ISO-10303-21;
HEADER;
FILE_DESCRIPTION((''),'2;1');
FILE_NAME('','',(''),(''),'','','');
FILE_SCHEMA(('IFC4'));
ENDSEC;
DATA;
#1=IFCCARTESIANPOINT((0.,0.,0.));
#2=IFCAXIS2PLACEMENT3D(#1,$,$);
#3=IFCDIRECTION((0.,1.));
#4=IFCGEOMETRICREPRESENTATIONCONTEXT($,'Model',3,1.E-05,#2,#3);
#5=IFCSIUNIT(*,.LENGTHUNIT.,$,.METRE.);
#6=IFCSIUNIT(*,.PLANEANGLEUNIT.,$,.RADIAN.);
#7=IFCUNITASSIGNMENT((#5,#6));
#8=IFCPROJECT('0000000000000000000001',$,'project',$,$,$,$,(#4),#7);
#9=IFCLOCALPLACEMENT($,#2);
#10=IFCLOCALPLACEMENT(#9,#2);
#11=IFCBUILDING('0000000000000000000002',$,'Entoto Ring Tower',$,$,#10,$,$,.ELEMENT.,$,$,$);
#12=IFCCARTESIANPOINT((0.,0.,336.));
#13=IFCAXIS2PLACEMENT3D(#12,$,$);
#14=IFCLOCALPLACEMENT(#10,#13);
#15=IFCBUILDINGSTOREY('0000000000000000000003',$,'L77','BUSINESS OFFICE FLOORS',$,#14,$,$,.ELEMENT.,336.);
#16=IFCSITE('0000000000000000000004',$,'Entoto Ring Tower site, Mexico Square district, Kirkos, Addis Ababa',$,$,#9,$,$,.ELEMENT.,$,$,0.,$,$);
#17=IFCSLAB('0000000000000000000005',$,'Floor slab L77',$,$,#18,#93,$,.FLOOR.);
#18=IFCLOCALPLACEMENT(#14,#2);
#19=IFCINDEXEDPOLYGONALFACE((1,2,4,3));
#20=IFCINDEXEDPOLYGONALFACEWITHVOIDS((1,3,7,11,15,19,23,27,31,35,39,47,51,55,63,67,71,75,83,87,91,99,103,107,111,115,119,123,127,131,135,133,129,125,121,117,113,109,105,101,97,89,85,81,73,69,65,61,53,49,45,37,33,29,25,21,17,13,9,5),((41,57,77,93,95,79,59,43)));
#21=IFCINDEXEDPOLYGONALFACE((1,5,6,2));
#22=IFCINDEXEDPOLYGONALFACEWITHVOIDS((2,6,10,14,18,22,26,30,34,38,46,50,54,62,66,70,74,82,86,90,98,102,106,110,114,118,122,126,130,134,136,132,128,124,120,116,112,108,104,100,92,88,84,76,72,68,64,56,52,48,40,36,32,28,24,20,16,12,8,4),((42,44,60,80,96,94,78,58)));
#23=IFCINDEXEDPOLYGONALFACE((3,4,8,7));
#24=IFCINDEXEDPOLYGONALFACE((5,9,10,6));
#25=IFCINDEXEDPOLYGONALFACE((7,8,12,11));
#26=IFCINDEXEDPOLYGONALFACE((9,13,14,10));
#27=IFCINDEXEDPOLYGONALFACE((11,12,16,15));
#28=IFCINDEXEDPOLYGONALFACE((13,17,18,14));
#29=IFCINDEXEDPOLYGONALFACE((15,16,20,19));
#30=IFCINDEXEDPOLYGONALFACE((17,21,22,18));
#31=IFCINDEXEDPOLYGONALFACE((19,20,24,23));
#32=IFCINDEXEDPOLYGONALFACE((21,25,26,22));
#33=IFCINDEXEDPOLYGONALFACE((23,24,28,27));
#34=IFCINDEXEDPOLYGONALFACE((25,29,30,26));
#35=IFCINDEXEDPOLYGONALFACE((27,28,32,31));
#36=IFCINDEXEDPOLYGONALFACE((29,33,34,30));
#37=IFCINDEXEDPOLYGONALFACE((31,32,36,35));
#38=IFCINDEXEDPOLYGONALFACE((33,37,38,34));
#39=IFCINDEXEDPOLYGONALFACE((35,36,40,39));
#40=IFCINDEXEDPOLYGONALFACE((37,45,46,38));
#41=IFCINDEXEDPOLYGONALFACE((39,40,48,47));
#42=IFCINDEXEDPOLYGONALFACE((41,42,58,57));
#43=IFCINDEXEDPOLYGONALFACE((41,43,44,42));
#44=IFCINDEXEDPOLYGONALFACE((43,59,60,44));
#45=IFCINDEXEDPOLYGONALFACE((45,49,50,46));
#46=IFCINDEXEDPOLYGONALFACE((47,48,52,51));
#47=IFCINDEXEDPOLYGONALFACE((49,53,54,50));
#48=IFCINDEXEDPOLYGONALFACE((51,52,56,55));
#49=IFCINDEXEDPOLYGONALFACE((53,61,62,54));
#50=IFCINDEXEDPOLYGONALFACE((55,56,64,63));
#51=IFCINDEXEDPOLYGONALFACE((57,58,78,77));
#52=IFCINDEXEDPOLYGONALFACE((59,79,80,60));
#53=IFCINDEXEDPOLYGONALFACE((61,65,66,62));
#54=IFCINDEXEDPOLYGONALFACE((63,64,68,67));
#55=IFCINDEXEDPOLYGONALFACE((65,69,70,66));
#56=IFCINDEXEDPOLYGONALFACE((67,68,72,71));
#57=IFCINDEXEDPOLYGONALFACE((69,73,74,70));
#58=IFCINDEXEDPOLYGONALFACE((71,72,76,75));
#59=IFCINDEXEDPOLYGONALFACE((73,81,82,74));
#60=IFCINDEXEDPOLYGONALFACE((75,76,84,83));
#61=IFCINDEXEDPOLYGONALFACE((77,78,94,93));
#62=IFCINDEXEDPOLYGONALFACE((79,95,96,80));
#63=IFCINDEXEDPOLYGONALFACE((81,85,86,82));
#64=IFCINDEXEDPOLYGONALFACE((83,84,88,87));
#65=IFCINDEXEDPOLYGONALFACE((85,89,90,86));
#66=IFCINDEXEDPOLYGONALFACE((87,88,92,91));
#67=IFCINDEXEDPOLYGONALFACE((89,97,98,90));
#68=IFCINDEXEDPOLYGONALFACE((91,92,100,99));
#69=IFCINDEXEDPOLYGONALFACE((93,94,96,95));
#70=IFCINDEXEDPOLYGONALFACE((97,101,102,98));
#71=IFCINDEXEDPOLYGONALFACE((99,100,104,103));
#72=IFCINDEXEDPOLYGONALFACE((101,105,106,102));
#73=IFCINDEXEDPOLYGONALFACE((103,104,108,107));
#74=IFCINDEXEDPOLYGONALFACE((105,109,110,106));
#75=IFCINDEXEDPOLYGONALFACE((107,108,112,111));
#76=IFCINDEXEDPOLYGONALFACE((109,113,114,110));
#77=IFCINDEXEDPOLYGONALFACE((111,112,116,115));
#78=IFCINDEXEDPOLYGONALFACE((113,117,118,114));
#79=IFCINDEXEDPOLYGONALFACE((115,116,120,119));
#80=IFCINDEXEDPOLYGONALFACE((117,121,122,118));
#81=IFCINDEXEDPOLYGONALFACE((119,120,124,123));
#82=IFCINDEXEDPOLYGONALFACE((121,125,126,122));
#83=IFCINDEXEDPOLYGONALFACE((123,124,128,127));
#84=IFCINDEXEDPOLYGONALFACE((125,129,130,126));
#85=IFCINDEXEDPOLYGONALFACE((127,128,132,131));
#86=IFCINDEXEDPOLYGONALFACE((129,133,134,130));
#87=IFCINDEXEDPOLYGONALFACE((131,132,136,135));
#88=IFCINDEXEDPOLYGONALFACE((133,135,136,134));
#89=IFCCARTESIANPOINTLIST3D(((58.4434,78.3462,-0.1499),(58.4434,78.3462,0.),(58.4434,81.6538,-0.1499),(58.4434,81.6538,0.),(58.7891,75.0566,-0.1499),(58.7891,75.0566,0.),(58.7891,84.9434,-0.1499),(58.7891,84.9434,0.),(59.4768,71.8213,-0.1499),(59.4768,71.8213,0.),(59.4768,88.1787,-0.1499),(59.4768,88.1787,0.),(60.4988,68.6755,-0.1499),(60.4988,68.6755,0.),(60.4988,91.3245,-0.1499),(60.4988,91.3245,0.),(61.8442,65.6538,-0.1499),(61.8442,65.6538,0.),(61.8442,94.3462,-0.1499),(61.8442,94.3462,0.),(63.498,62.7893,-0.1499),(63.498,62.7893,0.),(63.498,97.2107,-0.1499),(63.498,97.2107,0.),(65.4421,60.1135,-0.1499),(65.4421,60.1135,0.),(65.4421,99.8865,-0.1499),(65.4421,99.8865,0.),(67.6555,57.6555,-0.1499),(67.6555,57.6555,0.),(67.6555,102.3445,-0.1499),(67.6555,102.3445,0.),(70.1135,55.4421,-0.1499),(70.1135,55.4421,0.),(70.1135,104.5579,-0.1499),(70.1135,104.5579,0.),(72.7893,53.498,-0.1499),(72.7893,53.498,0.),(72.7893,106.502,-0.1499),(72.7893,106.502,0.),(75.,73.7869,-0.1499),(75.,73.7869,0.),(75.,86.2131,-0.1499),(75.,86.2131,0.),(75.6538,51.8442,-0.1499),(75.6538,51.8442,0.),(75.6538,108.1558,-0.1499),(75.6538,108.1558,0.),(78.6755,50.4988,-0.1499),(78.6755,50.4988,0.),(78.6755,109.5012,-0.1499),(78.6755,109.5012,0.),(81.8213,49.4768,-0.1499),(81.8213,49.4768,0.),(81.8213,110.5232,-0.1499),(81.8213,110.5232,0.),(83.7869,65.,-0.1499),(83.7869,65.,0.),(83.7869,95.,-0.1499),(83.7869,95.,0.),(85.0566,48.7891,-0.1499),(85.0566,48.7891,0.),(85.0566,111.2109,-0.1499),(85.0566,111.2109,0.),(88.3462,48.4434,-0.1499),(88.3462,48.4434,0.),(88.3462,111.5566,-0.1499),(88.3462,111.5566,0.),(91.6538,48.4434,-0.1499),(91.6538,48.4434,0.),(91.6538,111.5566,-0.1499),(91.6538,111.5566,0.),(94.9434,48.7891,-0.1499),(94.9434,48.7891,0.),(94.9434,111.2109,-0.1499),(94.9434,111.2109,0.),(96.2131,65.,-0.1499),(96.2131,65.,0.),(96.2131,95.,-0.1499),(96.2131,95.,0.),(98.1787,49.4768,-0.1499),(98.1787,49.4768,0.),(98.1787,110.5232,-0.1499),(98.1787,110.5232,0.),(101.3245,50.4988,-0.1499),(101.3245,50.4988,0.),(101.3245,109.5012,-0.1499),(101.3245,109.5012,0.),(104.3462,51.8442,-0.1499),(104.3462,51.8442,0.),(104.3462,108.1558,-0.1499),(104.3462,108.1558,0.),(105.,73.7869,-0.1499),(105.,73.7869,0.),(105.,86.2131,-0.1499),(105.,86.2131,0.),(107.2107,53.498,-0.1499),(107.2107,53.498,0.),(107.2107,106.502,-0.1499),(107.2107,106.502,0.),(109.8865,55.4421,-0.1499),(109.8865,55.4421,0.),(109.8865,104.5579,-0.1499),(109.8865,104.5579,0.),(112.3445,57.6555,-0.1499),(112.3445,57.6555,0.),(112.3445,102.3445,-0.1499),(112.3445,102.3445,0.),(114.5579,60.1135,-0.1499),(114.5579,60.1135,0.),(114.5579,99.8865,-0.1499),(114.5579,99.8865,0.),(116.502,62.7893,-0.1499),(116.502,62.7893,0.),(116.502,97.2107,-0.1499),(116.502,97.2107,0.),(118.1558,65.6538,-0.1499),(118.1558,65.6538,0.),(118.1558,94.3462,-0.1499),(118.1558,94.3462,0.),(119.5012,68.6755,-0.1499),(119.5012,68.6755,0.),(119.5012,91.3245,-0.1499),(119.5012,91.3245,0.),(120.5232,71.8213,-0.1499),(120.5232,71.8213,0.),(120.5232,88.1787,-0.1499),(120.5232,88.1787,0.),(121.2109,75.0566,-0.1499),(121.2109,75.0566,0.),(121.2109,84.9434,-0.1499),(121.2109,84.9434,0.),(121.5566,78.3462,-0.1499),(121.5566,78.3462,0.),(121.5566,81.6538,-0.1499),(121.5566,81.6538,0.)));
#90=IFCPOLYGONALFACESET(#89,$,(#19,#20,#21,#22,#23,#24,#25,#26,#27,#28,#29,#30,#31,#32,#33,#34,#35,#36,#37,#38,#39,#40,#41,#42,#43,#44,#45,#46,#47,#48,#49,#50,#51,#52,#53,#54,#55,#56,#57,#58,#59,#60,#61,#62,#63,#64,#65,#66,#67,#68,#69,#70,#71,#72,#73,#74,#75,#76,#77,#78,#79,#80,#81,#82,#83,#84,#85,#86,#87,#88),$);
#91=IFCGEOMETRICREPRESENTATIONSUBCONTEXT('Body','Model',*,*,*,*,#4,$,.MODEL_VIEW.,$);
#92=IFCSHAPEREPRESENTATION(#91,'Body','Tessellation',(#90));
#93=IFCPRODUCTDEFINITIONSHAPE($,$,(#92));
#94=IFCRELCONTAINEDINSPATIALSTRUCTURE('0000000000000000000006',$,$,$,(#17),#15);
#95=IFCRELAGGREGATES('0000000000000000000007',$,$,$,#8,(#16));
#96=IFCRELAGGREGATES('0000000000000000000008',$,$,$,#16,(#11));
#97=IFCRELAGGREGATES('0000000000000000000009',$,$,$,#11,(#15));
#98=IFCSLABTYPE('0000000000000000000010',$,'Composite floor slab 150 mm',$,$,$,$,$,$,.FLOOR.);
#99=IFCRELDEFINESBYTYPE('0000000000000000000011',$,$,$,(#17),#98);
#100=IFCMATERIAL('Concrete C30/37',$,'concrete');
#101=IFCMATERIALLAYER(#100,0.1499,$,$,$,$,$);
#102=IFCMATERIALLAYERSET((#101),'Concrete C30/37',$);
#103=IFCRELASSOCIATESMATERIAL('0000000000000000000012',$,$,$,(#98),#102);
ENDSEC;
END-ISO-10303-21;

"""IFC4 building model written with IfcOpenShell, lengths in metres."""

from ifc_helpers import new_model, si_unit, direction, frame, origin, place, context, subcontext, project, spatial, polyline, outline, extrude, material, layer, layer_set, type_object, element, save


model = new_model("IFC4")

# Units and contexts
model_context = context("Model", 3, precision=1e-05, world=origin(), true_north=direction((0.0, 1.0)))
body_context = subcontext(model_context, "Body", "Model", "MODEL_VIEW")
ifc_project = project(units=[si_unit("LENGTHUNIT", "METRE"), si_unit("PLANEANGLEUNIT", "RADIAN")], contexts=[model_context])

# Site, building, storey
site_placement = place(None, origin())
building_placement = place(site_placement, origin())
storey_placement = place(building_placement, frame((0.0, 0.0, 336.0)))
site = spatial("IfcSite", under=ifc_project, at=site_placement, Name="Entoto Ring Tower site, Mexico Square district, Kirkos, Addis Ababa", CompositionType="ELEMENT", RefElevation=0.0)
building = spatial("IfcBuilding", under=site, at=building_placement, Name="Entoto Ring Tower", CompositionType="ELEMENT")
storey = spatial("IfcBuildingStorey", under=building, at=storey_placement, Name="L77", Description="BUSINESS OFFICE FLOORS", CompositionType="ELEMENT", Elevation=336.0)

# Slab
ifc_material_1 = material(Name="Concrete C30/37", Category="concrete")
ifc_layer_1 = layer(ifc_material_1, 0.1499)
ifc_layer_set_1 = layer_set([ifc_layer_1], Name="Concrete C30/37")
slab_type = type_object("IfcSlabType", Name="Composite floor slab 150 mm", PredefinedType="FLOOR", material=ifc_layer_set_1)
slab_placement = place(storey_placement, frame((0.0, 0.0, -0.1499)))
element("IfcSlab", 1, at=slab_placement, inside=storey, type_object=slab_type, Name="Floor slab L77", PredefinedType="FLOOR", context=body_context, shape_type="SweptSolid", body=[
    extrude(outline(polyline([(121.2109, 84.9434), (120.5232, 88.1787), (119.5012, 91.3245), (118.1558, 94.3462), (116.502, 97.2107), (114.5579, 99.8865), (112.3445, 102.3445), (109.8865, 104.5579), (107.2107, 106.502), (104.3462, 108.1558), (101.3245, 109.5012), (98.1787, 110.5232), (94.9434, 111.2109), (91.6538, 111.5566), (88.3462, 111.5566), (85.0566, 111.2109), (81.8213, 110.5232), (78.6755, 109.5012), (75.6538, 108.1558), (72.7893, 106.502), (70.1135, 104.5579), (67.6555, 102.3445), (65.4421, 99.8865), (63.498, 97.2107), (61.8442, 94.3462), (60.4988, 91.3245), (59.4768, 88.1787), (58.7891, 84.9434), (58.4434, 81.6538), (58.4434, 78.3462), (58.7891, 75.0566), (59.4768, 71.8213), (60.4988, 68.6755), (61.8442, 65.6538), (63.498, 62.7893), (65.4421, 60.1135), (67.6555, 57.6555), (70.1135, 55.4421), (72.7893, 53.498), (75.6538, 51.8442), (78.6755, 50.4988), (81.8213, 49.4768), (85.0566, 48.7891), (88.3462, 48.4434), (91.6538, 48.4434), (94.9434, 48.7891), (98.1787, 49.4768), (101.3245, 50.4988), (104.3462, 51.8442), (107.2107, 53.498), (109.8865, 55.4421), (112.3445, 57.6555), (114.5579, 60.1135), (116.502, 62.7893), (118.1558, 65.6538), (119.5012, 68.6755), (120.5232, 71.8213), (121.2109, 75.0566), (121.5566, 78.3462), (121.5566, 81.6538), (121.2109, 84.9434)]), holes=[polyline([(105.0, 73.7869), (105.0, 86.2131), (96.2131, 95.0), (83.7869, 95.0), (75.0, 86.2131), (75.0, 73.7869), (83.7869, 65.0), (96.2131, 65.0), (105.0, 73.7869)])]), origin(), (0.0, 0.0, 1.0), 0.1499),
])

save(model, "model.ifc")
